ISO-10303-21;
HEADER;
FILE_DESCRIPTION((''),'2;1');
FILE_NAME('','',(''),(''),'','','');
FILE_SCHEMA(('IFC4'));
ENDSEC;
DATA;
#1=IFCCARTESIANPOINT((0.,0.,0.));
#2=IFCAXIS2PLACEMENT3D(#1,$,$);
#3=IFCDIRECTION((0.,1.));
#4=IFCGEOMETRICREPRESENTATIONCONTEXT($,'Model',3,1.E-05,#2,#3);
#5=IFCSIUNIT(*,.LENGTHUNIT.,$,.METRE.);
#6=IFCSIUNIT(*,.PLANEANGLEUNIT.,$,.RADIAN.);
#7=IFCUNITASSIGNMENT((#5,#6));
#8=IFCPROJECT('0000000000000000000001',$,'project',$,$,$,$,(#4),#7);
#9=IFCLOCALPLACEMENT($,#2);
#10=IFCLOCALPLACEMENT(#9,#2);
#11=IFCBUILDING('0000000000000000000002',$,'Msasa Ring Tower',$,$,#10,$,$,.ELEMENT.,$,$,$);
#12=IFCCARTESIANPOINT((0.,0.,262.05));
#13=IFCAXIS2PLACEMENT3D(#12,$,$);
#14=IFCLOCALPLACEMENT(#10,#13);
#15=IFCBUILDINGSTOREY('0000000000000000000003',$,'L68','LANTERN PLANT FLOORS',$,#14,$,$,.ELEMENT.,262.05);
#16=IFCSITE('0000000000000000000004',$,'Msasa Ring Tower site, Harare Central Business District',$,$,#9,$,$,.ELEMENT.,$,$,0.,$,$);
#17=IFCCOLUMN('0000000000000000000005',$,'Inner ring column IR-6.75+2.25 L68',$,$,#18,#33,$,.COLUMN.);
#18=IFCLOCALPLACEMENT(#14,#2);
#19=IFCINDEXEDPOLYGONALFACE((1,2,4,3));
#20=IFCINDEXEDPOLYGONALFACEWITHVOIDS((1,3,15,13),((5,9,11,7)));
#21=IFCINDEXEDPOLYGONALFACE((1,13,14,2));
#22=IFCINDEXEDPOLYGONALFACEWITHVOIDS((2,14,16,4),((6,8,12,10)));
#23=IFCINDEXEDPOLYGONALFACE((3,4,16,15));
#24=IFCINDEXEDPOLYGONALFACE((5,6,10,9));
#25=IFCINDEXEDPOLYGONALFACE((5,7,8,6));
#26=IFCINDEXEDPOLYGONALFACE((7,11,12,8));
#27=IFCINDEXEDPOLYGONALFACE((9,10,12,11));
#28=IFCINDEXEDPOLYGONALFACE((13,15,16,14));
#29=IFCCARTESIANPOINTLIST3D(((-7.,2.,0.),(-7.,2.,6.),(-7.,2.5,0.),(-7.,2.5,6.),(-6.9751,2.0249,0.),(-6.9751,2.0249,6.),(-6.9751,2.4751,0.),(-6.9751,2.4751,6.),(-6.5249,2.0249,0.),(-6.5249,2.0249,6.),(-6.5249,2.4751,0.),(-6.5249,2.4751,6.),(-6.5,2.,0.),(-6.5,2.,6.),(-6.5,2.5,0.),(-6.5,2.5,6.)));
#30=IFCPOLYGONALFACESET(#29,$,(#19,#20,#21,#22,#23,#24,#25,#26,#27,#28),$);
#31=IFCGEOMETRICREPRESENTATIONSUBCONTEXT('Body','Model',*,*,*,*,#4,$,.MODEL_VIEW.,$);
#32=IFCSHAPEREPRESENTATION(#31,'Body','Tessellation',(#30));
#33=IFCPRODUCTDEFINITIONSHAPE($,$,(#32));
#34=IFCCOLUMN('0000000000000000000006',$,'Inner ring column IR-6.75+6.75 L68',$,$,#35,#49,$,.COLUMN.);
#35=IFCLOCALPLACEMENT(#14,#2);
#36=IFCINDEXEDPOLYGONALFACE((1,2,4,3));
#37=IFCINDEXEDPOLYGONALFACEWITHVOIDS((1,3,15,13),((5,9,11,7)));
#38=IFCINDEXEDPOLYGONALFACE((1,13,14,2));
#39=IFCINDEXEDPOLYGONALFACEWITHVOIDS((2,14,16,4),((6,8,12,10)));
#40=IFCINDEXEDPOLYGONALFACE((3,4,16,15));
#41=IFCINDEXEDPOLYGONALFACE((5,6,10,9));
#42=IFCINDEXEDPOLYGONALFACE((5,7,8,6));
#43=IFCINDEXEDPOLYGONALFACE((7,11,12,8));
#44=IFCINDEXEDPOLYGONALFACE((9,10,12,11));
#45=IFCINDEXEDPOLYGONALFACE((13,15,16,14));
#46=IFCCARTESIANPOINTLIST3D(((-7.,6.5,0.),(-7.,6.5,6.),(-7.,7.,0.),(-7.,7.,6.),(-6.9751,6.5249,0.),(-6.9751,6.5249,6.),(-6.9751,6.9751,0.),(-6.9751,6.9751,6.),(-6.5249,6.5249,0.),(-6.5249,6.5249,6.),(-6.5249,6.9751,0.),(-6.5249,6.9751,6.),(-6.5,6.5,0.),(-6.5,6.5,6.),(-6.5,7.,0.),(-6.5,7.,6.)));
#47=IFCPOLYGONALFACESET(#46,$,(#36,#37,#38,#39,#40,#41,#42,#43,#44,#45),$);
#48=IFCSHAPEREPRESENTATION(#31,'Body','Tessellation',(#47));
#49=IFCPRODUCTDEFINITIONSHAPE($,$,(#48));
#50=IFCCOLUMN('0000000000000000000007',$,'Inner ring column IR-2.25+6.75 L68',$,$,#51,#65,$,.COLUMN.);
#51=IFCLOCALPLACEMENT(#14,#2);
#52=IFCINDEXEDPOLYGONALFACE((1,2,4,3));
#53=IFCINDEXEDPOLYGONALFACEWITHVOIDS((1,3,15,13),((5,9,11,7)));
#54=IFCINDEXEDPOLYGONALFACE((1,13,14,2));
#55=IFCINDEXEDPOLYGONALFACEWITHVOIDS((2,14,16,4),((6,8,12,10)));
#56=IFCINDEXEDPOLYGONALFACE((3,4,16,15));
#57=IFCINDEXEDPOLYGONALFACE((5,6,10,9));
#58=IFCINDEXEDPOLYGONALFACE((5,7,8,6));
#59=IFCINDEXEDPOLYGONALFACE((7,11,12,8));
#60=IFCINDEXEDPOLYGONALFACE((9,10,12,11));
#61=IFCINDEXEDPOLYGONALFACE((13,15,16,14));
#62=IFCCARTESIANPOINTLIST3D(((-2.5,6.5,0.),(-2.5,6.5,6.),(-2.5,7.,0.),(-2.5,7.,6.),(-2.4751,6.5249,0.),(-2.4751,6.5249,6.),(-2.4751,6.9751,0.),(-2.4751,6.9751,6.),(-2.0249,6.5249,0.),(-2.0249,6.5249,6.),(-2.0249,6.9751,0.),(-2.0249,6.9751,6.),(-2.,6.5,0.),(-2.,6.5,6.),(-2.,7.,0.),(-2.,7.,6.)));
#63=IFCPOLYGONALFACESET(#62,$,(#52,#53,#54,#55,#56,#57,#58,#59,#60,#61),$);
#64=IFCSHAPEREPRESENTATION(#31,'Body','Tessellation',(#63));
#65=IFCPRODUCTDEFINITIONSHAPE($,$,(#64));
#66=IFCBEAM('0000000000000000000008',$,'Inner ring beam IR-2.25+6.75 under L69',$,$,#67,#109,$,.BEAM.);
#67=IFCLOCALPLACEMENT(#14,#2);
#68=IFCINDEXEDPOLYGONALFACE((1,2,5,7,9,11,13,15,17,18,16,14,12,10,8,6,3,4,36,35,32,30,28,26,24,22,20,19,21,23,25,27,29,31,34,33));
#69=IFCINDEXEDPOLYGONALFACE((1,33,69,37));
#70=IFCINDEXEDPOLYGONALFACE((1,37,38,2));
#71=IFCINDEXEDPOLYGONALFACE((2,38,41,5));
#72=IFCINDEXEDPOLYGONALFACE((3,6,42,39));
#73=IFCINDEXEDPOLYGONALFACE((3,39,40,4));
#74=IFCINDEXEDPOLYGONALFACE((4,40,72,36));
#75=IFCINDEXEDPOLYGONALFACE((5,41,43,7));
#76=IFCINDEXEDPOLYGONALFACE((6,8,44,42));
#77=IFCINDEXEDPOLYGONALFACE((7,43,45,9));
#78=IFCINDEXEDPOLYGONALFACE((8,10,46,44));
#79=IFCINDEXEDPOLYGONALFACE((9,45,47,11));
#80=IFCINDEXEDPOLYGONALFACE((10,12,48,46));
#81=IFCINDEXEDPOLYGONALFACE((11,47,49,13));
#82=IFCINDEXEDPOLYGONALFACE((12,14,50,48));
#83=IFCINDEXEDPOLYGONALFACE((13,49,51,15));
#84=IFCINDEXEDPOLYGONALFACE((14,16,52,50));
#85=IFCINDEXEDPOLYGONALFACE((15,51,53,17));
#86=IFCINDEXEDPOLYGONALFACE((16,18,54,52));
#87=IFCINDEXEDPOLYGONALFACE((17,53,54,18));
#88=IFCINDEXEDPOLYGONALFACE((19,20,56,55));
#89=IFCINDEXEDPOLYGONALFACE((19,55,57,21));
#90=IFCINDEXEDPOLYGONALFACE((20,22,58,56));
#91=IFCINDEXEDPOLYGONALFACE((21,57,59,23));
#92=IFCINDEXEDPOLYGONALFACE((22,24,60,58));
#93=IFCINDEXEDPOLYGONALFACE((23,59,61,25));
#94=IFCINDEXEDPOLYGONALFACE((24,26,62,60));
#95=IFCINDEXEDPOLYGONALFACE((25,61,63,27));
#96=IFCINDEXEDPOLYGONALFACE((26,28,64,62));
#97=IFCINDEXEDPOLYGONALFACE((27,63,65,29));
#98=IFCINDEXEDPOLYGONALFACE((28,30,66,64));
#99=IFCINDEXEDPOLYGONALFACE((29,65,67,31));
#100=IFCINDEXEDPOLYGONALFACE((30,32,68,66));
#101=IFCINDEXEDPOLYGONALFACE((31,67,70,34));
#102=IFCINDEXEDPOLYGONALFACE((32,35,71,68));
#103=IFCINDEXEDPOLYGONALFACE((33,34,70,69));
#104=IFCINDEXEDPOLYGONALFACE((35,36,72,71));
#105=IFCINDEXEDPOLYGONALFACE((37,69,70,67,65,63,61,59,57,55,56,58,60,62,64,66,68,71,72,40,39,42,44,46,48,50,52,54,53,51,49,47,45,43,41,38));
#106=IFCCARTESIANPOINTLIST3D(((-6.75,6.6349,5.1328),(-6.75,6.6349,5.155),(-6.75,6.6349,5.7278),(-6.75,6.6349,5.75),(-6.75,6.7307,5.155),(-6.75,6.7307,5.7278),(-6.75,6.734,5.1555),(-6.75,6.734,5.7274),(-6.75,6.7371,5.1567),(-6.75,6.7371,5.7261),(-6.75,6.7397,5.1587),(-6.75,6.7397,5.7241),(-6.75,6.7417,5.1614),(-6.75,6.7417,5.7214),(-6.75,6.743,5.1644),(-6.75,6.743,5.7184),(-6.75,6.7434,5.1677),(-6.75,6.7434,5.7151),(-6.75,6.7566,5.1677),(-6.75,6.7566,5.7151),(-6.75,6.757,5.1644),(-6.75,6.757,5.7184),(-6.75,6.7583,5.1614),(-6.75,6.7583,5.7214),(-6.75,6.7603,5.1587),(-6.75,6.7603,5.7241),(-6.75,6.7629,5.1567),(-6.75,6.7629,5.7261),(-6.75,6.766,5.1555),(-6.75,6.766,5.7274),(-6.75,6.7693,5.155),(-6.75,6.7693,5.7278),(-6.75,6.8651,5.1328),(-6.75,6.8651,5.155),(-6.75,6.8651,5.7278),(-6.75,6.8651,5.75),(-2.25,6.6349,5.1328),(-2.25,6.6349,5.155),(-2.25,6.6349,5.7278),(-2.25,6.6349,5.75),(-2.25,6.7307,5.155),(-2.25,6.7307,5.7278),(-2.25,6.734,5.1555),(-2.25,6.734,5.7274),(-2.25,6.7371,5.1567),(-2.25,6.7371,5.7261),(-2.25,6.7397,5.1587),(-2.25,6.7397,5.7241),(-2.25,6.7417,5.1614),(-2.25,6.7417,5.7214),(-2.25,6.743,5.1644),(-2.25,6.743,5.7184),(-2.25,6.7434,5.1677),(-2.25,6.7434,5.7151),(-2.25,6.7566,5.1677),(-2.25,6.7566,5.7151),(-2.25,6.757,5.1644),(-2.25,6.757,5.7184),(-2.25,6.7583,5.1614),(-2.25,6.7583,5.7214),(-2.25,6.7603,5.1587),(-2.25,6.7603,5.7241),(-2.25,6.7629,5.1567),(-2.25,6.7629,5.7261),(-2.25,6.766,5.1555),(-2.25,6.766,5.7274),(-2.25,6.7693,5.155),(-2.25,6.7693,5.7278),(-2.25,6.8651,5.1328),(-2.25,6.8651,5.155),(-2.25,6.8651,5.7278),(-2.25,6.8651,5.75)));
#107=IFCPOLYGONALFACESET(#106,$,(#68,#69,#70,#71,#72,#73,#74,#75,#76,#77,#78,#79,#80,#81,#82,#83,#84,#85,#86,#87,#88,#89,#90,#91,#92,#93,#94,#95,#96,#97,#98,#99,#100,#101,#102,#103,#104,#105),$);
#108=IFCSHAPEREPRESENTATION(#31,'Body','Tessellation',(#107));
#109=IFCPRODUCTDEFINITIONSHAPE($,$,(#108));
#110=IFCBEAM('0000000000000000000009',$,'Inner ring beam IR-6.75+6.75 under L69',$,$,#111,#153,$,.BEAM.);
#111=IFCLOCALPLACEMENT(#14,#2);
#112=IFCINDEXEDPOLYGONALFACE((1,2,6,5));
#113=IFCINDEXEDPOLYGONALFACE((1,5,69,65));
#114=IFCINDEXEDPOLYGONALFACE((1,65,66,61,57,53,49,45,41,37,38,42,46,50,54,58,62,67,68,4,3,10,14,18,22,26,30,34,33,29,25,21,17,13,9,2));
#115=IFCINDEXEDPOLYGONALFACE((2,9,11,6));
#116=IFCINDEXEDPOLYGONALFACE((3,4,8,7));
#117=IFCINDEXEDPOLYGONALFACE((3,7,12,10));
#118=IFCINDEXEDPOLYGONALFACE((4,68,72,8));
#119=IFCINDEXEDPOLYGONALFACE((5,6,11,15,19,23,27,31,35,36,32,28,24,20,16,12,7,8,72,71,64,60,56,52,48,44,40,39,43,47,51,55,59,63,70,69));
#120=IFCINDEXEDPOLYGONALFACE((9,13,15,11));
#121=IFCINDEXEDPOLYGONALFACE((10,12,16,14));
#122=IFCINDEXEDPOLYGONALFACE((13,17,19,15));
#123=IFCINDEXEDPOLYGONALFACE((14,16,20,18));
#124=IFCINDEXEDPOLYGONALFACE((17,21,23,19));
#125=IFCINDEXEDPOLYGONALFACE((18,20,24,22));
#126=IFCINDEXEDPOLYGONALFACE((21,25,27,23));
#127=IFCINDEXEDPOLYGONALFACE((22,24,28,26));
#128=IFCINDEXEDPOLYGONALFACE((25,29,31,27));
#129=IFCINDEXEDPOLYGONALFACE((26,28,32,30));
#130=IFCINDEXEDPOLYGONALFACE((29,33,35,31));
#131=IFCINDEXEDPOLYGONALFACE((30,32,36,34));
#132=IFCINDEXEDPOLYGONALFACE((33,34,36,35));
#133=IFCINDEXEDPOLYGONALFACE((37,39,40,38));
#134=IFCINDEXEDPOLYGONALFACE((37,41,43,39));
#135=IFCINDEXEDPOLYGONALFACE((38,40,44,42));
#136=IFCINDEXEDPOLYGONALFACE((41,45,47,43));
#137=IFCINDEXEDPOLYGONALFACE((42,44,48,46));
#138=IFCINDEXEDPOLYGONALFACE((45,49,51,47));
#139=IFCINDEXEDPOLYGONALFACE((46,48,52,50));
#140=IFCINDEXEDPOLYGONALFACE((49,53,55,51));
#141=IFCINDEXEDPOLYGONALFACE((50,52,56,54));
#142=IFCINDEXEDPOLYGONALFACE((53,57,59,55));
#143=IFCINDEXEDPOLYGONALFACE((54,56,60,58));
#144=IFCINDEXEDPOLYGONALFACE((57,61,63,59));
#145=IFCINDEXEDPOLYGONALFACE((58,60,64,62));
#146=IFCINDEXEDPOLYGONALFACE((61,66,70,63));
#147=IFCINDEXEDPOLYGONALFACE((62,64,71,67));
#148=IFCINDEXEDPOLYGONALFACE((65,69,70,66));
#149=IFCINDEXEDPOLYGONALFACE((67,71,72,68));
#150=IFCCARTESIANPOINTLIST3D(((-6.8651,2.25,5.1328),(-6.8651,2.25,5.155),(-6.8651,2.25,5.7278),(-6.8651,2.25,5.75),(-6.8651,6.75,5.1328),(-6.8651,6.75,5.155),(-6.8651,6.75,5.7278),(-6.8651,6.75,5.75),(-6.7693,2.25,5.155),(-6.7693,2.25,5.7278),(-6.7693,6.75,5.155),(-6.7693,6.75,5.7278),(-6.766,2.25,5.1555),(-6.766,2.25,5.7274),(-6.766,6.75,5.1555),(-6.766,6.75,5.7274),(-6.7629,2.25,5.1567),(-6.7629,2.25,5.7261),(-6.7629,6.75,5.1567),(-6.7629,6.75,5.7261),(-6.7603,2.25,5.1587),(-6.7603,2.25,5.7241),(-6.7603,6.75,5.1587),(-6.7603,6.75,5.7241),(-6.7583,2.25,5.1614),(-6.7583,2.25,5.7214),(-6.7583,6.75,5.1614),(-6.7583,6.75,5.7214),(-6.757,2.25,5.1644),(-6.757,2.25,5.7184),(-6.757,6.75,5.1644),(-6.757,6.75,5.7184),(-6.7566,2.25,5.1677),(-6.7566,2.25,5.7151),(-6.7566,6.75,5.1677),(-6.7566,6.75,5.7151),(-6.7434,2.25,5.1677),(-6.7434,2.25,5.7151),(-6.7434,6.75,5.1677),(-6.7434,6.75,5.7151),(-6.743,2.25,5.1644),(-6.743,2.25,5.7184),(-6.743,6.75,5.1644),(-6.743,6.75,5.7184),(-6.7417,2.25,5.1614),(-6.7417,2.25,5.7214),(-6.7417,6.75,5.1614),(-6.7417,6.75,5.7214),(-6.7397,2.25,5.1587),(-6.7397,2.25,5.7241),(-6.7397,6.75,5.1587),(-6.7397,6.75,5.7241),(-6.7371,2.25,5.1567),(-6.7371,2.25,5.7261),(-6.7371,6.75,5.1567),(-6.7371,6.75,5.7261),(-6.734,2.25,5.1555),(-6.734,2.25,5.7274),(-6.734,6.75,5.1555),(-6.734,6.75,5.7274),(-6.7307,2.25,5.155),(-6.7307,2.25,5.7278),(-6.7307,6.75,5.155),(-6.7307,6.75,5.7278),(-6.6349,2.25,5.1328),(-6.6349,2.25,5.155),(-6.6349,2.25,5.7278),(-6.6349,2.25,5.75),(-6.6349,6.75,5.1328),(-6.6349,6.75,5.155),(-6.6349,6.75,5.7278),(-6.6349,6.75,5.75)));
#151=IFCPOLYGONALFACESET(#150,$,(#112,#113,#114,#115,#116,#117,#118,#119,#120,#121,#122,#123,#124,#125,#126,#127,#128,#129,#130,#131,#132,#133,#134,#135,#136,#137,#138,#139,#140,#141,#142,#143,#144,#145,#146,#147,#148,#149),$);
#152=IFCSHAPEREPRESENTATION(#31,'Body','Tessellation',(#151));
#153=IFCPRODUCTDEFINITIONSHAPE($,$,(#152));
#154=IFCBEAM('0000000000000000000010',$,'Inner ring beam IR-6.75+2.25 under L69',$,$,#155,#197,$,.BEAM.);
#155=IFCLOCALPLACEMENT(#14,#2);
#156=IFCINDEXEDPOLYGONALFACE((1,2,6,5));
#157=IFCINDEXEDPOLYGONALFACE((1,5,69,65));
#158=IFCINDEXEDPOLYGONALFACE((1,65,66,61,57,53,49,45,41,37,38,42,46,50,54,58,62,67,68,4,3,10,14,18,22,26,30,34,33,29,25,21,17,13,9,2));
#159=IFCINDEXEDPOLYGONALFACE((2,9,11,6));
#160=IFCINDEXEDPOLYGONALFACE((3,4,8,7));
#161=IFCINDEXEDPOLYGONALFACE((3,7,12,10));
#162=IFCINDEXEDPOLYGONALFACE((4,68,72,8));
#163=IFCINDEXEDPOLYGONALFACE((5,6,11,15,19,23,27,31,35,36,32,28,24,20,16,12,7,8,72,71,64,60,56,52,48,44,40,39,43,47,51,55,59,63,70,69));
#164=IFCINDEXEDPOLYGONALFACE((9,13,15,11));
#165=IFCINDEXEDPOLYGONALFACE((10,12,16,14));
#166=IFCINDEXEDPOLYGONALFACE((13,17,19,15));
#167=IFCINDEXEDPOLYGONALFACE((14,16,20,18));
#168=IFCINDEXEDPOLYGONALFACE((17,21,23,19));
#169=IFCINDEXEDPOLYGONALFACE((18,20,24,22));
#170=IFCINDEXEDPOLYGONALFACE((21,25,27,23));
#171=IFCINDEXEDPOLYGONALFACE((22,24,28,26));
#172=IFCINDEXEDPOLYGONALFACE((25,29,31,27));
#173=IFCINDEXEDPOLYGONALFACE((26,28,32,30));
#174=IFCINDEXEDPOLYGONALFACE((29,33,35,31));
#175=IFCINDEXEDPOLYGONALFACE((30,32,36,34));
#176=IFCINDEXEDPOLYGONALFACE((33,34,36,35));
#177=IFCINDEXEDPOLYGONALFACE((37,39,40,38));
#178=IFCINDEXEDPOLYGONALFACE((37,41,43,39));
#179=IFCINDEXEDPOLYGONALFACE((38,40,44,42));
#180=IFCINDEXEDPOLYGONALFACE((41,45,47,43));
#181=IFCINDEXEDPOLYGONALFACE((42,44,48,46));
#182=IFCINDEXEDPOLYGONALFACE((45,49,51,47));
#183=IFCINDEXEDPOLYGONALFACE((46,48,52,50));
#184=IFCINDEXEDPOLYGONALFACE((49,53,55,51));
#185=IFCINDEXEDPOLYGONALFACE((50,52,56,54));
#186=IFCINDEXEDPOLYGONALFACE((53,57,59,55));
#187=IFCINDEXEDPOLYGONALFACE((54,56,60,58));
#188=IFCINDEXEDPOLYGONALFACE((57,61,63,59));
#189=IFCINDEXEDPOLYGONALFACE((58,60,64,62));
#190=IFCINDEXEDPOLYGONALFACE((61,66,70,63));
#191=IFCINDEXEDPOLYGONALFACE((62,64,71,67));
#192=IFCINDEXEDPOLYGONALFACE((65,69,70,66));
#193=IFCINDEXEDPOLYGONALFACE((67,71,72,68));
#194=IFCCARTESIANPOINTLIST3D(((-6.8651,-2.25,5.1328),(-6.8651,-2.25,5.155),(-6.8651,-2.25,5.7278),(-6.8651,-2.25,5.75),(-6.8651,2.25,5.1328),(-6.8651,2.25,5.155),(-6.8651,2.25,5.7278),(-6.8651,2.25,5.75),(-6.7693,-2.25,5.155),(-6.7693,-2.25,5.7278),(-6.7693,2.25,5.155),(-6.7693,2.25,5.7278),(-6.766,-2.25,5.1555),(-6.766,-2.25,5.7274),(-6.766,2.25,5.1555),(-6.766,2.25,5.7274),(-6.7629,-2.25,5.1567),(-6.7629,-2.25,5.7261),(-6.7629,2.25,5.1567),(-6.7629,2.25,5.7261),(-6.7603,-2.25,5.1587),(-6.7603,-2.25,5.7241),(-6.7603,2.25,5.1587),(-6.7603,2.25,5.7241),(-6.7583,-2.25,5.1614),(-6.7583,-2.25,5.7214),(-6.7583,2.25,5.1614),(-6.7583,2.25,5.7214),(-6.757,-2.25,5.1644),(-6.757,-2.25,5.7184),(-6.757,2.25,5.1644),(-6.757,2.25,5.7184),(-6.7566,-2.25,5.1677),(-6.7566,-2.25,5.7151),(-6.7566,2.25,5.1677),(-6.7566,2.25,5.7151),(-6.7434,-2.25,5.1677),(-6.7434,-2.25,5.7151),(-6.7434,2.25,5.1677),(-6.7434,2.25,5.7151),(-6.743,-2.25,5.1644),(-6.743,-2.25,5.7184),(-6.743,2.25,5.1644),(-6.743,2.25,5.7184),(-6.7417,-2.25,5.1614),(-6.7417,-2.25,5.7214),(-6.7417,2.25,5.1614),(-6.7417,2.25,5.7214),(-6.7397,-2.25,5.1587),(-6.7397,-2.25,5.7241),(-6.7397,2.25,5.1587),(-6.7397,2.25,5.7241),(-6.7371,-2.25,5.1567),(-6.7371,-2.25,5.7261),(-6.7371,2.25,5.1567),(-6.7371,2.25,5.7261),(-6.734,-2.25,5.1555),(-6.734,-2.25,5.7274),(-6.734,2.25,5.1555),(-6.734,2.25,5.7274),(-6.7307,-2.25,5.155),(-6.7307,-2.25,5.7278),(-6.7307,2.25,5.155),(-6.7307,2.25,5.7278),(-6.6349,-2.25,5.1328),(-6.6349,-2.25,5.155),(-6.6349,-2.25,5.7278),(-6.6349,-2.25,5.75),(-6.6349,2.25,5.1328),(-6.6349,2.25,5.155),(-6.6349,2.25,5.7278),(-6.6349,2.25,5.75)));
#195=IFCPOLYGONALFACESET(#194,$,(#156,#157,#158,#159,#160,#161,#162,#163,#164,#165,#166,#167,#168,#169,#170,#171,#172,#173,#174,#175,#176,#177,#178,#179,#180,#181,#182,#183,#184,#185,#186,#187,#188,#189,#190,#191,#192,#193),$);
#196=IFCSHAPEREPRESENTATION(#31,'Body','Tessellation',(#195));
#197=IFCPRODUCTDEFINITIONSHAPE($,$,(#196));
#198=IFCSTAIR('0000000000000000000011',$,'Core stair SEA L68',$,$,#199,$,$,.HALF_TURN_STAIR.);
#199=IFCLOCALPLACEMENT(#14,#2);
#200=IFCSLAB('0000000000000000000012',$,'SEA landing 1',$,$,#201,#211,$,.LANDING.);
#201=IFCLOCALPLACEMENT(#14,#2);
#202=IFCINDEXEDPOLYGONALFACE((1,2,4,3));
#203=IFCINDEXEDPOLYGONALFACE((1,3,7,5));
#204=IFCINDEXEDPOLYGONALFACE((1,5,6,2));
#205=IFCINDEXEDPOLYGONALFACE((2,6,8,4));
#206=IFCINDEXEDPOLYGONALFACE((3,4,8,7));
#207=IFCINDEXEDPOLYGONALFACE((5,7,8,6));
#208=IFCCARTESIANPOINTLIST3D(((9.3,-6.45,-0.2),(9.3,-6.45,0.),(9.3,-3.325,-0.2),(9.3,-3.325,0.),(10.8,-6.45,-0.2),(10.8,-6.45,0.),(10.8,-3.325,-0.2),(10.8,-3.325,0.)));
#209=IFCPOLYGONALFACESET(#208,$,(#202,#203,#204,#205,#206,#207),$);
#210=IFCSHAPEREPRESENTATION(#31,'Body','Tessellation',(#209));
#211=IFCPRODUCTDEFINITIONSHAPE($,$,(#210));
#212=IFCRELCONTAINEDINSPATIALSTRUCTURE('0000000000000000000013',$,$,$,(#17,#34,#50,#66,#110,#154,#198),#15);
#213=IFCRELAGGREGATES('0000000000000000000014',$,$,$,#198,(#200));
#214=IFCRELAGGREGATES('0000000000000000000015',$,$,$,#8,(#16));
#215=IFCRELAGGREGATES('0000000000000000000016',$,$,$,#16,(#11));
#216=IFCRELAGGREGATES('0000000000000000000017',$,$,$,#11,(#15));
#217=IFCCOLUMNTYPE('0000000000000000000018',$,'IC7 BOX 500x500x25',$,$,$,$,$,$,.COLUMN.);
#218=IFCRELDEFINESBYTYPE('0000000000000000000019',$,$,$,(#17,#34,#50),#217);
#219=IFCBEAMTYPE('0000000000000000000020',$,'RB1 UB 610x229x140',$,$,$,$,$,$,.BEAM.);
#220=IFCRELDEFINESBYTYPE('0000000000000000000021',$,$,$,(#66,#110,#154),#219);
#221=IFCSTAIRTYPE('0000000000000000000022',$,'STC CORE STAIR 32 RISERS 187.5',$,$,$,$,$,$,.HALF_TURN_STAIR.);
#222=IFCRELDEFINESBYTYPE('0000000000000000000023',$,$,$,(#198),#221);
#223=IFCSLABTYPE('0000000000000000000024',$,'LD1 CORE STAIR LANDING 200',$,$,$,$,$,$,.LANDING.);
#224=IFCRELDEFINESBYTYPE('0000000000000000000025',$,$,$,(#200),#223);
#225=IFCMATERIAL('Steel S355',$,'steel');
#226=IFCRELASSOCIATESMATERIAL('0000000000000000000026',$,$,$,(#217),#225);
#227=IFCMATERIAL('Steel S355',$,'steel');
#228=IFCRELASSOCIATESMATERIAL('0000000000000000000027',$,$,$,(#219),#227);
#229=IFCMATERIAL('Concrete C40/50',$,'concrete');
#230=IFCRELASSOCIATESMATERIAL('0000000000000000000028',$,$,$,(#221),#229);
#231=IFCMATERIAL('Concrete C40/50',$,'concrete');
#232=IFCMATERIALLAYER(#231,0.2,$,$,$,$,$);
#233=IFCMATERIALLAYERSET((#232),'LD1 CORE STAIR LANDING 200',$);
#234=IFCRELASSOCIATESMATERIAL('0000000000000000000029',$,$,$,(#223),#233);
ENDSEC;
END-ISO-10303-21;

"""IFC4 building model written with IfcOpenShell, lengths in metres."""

from ifc_helpers import new_model, si_unit, direction, frame, origin, origin_2d, place, context, subcontext, project, spatial, polyline, hollow_rectangle, i_section, outline, extrude, material, layer, layer_set, material_profile, profile_set, type_object, element, aggregate, save


model = new_model("IFC4")

# Units and contexts
model_context = context("Model", 3, precision=1e-05, world=origin(), true_north=direction((0.0, 1.0)))
body_context = subcontext(model_context, "Body", "Model", "MODEL_VIEW")
ifc_project = project(units=[si_unit("LENGTHUNIT", "METRE"), si_unit("PLANEANGLEUNIT", "RADIAN")], contexts=[model_context])

# Site, building, storey
site_placement = place(None, origin())
site = spatial("IfcSite", under=ifc_project, at=site_placement, Name="Msasa Ring Tower site, Harare Central Business District", CompositionType="ELEMENT", RefElevation=0.0)
building_placement = place(site_placement, origin())
building = spatial("IfcBuilding", under=site, at=building_placement, Name="Msasa Ring Tower", CompositionType="ELEMENT")
storey_placement = place(building_placement, frame((0.0, 0.0, 262.05)))
storey = spatial("IfcBuildingStorey", under=building, at=storey_placement, Name="L68", Description="LANTERN PLANT FLOORS", CompositionType="ELEMENT", Elevation=262.05)

# Columns
ifc_material_1 = material(Name="Steel S355", Category="steel")
ifc_material_profile_1 = material_profile(ifc_material_1, hollow_rectangle(XDim=0.5, YDim=0.5, WallThickness=0.0249, at=origin_2d()), Name="BOX 500x500x25")
ifc_profile_set_1 = profile_set([ifc_material_profile_1], Name="Steel S355")
column_type = type_object("IfcColumnType", Name="IC7 BOX 500x500x25", PredefinedType="COLUMN", material=ifc_profile_set_1)
for number, where, z_axis, x_axis, name in (
    (1, (-6.75, 2.25, 0.0), (0.0, 0.0, 1.0), (1.0, 0.0, 0.0), "Inner ring column IR-6.75+2.25 L68"),
    (2, (-6.75, 6.75, 0.0), (0.0, 0.0, 1.0), (1.0, 0.0, 0.0), "Inner ring column IR-6.75+6.75 L68"),
    (3, (-2.25, 6.75, 0.0), (0.0, 0.0, 1.0), (1.0, 0.0, 0.0), "Inner ring column IR-2.25+6.75 L68"),
):
    element("IfcColumn", number, at=place(storey_placement, frame(where, z_axis=z_axis, x_axis=x_axis)), inside=storey, type_object=column_type, Name=name, PredefinedType="COLUMN", context=body_context, shape_type="SweptSolid", body=[
        extrude(hollow_rectangle(XDim=0.5, YDim=0.5, WallThickness=0.0249, at=origin_2d()), origin(), (0.0, 0.0, 1.0), 6.0),
    ])

# Beams
ifc_material_2 = material(Name="Steel S355", Category="steel")
ifc_material_profile_2 = material_profile(ifc_material_2, i_section(OverallWidth=0.2302, OverallDepth=0.6172, WebThickness=0.0132, FlangeThickness=0.0222, FilletRadius=0.0127, at=origin_2d()), Name="UB 610x229x140")
ifc_profile_set_2 = profile_set([ifc_material_profile_2], Name="Steel S355")
beam_type = type_object("IfcBeamType", Name="RB1 UB 610x229x140", PredefinedType="BEAM", material=ifc_profile_set_2)
for number, where, z_axis, x_axis, name in (
    (4, (-2.25, 6.75, 5.4414), (-1.0, 0.0, 0.0), (0.0, -1.0, 0.0), "Inner ring beam IR-2.25+6.75 under L69"),
    (5, (-6.75, 6.75, 5.4414), (0.0, -1.0, 0.0), (1.0, 0.0, 0.0), "Inner ring beam IR-6.75+6.75 under L69"),
    (6, (-6.75, 2.25, 5.4414), (0.0, -1.0, 0.0), (1.0, 0.0, 0.0), "Inner ring beam IR-6.75+2.25 under L69"),
):
    element("IfcBeam", number, at=place(storey_placement, frame(where, z_axis=z_axis, x_axis=x_axis)), inside=storey, type_object=beam_type, Name=name, PredefinedType="BEAM", context=body_context, shape_type="SweptSolid", body=[
        extrude(i_section(OverallWidth=0.2302, OverallDepth=0.6172, WebThickness=0.0132, FlangeThickness=0.0222, FilletRadius=0.0127, at=origin_2d()), origin(), (0.0, 0.0, 1.0), 4.5),
    ])

# Stair, slab
ifc_material_3 = material(Name="Concrete C40/50", Category="concrete")
stair_type = type_object("IfcStairType", Name="STC CORE STAIR 32 RISERS 187.5", PredefinedType="HALF_TURN_STAIR", material=ifc_material_3)
stair_1_placement = place(storey_placement, origin())
stair_1 = element("IfcStair", 7, at=stair_1_placement, inside=storey, type_object=stair_type, Name="Core stair SEA L68", PredefinedType="HALF_TURN_STAIR")
ifc_material_4 = material(Name="Concrete C40/50", Category="concrete")
ifc_layer_1 = layer(ifc_material_4, 0.2)
ifc_layer_set_1 = layer_set([ifc_layer_1], Name="LD1 CORE STAIR LANDING 200")
slab_type_1 = type_object("IfcSlabType", Name="LD1 CORE STAIR LANDING 200", PredefinedType="LANDING", material=ifc_layer_set_1)
slab_1_placement = place(storey_placement, frame((0.0, 0.0, -0.2)))
slab_1 = element("IfcSlab", 8, at=slab_1_placement, type_object=slab_type_1, Name="SEA landing 1", PredefinedType="LANDING", context=body_context, shape_type="SweptSolid", body=[
    extrude(outline(polyline([(9.3, -6.45), (10.8, -6.45), (10.8, -3.325), (9.3, -3.325), (9.3, -6.45)])), origin(), (0.0, 0.0, 1.0), 0.2),
])
aggregate(stair_1, [slab_1])

save(model, "model.ifc")
